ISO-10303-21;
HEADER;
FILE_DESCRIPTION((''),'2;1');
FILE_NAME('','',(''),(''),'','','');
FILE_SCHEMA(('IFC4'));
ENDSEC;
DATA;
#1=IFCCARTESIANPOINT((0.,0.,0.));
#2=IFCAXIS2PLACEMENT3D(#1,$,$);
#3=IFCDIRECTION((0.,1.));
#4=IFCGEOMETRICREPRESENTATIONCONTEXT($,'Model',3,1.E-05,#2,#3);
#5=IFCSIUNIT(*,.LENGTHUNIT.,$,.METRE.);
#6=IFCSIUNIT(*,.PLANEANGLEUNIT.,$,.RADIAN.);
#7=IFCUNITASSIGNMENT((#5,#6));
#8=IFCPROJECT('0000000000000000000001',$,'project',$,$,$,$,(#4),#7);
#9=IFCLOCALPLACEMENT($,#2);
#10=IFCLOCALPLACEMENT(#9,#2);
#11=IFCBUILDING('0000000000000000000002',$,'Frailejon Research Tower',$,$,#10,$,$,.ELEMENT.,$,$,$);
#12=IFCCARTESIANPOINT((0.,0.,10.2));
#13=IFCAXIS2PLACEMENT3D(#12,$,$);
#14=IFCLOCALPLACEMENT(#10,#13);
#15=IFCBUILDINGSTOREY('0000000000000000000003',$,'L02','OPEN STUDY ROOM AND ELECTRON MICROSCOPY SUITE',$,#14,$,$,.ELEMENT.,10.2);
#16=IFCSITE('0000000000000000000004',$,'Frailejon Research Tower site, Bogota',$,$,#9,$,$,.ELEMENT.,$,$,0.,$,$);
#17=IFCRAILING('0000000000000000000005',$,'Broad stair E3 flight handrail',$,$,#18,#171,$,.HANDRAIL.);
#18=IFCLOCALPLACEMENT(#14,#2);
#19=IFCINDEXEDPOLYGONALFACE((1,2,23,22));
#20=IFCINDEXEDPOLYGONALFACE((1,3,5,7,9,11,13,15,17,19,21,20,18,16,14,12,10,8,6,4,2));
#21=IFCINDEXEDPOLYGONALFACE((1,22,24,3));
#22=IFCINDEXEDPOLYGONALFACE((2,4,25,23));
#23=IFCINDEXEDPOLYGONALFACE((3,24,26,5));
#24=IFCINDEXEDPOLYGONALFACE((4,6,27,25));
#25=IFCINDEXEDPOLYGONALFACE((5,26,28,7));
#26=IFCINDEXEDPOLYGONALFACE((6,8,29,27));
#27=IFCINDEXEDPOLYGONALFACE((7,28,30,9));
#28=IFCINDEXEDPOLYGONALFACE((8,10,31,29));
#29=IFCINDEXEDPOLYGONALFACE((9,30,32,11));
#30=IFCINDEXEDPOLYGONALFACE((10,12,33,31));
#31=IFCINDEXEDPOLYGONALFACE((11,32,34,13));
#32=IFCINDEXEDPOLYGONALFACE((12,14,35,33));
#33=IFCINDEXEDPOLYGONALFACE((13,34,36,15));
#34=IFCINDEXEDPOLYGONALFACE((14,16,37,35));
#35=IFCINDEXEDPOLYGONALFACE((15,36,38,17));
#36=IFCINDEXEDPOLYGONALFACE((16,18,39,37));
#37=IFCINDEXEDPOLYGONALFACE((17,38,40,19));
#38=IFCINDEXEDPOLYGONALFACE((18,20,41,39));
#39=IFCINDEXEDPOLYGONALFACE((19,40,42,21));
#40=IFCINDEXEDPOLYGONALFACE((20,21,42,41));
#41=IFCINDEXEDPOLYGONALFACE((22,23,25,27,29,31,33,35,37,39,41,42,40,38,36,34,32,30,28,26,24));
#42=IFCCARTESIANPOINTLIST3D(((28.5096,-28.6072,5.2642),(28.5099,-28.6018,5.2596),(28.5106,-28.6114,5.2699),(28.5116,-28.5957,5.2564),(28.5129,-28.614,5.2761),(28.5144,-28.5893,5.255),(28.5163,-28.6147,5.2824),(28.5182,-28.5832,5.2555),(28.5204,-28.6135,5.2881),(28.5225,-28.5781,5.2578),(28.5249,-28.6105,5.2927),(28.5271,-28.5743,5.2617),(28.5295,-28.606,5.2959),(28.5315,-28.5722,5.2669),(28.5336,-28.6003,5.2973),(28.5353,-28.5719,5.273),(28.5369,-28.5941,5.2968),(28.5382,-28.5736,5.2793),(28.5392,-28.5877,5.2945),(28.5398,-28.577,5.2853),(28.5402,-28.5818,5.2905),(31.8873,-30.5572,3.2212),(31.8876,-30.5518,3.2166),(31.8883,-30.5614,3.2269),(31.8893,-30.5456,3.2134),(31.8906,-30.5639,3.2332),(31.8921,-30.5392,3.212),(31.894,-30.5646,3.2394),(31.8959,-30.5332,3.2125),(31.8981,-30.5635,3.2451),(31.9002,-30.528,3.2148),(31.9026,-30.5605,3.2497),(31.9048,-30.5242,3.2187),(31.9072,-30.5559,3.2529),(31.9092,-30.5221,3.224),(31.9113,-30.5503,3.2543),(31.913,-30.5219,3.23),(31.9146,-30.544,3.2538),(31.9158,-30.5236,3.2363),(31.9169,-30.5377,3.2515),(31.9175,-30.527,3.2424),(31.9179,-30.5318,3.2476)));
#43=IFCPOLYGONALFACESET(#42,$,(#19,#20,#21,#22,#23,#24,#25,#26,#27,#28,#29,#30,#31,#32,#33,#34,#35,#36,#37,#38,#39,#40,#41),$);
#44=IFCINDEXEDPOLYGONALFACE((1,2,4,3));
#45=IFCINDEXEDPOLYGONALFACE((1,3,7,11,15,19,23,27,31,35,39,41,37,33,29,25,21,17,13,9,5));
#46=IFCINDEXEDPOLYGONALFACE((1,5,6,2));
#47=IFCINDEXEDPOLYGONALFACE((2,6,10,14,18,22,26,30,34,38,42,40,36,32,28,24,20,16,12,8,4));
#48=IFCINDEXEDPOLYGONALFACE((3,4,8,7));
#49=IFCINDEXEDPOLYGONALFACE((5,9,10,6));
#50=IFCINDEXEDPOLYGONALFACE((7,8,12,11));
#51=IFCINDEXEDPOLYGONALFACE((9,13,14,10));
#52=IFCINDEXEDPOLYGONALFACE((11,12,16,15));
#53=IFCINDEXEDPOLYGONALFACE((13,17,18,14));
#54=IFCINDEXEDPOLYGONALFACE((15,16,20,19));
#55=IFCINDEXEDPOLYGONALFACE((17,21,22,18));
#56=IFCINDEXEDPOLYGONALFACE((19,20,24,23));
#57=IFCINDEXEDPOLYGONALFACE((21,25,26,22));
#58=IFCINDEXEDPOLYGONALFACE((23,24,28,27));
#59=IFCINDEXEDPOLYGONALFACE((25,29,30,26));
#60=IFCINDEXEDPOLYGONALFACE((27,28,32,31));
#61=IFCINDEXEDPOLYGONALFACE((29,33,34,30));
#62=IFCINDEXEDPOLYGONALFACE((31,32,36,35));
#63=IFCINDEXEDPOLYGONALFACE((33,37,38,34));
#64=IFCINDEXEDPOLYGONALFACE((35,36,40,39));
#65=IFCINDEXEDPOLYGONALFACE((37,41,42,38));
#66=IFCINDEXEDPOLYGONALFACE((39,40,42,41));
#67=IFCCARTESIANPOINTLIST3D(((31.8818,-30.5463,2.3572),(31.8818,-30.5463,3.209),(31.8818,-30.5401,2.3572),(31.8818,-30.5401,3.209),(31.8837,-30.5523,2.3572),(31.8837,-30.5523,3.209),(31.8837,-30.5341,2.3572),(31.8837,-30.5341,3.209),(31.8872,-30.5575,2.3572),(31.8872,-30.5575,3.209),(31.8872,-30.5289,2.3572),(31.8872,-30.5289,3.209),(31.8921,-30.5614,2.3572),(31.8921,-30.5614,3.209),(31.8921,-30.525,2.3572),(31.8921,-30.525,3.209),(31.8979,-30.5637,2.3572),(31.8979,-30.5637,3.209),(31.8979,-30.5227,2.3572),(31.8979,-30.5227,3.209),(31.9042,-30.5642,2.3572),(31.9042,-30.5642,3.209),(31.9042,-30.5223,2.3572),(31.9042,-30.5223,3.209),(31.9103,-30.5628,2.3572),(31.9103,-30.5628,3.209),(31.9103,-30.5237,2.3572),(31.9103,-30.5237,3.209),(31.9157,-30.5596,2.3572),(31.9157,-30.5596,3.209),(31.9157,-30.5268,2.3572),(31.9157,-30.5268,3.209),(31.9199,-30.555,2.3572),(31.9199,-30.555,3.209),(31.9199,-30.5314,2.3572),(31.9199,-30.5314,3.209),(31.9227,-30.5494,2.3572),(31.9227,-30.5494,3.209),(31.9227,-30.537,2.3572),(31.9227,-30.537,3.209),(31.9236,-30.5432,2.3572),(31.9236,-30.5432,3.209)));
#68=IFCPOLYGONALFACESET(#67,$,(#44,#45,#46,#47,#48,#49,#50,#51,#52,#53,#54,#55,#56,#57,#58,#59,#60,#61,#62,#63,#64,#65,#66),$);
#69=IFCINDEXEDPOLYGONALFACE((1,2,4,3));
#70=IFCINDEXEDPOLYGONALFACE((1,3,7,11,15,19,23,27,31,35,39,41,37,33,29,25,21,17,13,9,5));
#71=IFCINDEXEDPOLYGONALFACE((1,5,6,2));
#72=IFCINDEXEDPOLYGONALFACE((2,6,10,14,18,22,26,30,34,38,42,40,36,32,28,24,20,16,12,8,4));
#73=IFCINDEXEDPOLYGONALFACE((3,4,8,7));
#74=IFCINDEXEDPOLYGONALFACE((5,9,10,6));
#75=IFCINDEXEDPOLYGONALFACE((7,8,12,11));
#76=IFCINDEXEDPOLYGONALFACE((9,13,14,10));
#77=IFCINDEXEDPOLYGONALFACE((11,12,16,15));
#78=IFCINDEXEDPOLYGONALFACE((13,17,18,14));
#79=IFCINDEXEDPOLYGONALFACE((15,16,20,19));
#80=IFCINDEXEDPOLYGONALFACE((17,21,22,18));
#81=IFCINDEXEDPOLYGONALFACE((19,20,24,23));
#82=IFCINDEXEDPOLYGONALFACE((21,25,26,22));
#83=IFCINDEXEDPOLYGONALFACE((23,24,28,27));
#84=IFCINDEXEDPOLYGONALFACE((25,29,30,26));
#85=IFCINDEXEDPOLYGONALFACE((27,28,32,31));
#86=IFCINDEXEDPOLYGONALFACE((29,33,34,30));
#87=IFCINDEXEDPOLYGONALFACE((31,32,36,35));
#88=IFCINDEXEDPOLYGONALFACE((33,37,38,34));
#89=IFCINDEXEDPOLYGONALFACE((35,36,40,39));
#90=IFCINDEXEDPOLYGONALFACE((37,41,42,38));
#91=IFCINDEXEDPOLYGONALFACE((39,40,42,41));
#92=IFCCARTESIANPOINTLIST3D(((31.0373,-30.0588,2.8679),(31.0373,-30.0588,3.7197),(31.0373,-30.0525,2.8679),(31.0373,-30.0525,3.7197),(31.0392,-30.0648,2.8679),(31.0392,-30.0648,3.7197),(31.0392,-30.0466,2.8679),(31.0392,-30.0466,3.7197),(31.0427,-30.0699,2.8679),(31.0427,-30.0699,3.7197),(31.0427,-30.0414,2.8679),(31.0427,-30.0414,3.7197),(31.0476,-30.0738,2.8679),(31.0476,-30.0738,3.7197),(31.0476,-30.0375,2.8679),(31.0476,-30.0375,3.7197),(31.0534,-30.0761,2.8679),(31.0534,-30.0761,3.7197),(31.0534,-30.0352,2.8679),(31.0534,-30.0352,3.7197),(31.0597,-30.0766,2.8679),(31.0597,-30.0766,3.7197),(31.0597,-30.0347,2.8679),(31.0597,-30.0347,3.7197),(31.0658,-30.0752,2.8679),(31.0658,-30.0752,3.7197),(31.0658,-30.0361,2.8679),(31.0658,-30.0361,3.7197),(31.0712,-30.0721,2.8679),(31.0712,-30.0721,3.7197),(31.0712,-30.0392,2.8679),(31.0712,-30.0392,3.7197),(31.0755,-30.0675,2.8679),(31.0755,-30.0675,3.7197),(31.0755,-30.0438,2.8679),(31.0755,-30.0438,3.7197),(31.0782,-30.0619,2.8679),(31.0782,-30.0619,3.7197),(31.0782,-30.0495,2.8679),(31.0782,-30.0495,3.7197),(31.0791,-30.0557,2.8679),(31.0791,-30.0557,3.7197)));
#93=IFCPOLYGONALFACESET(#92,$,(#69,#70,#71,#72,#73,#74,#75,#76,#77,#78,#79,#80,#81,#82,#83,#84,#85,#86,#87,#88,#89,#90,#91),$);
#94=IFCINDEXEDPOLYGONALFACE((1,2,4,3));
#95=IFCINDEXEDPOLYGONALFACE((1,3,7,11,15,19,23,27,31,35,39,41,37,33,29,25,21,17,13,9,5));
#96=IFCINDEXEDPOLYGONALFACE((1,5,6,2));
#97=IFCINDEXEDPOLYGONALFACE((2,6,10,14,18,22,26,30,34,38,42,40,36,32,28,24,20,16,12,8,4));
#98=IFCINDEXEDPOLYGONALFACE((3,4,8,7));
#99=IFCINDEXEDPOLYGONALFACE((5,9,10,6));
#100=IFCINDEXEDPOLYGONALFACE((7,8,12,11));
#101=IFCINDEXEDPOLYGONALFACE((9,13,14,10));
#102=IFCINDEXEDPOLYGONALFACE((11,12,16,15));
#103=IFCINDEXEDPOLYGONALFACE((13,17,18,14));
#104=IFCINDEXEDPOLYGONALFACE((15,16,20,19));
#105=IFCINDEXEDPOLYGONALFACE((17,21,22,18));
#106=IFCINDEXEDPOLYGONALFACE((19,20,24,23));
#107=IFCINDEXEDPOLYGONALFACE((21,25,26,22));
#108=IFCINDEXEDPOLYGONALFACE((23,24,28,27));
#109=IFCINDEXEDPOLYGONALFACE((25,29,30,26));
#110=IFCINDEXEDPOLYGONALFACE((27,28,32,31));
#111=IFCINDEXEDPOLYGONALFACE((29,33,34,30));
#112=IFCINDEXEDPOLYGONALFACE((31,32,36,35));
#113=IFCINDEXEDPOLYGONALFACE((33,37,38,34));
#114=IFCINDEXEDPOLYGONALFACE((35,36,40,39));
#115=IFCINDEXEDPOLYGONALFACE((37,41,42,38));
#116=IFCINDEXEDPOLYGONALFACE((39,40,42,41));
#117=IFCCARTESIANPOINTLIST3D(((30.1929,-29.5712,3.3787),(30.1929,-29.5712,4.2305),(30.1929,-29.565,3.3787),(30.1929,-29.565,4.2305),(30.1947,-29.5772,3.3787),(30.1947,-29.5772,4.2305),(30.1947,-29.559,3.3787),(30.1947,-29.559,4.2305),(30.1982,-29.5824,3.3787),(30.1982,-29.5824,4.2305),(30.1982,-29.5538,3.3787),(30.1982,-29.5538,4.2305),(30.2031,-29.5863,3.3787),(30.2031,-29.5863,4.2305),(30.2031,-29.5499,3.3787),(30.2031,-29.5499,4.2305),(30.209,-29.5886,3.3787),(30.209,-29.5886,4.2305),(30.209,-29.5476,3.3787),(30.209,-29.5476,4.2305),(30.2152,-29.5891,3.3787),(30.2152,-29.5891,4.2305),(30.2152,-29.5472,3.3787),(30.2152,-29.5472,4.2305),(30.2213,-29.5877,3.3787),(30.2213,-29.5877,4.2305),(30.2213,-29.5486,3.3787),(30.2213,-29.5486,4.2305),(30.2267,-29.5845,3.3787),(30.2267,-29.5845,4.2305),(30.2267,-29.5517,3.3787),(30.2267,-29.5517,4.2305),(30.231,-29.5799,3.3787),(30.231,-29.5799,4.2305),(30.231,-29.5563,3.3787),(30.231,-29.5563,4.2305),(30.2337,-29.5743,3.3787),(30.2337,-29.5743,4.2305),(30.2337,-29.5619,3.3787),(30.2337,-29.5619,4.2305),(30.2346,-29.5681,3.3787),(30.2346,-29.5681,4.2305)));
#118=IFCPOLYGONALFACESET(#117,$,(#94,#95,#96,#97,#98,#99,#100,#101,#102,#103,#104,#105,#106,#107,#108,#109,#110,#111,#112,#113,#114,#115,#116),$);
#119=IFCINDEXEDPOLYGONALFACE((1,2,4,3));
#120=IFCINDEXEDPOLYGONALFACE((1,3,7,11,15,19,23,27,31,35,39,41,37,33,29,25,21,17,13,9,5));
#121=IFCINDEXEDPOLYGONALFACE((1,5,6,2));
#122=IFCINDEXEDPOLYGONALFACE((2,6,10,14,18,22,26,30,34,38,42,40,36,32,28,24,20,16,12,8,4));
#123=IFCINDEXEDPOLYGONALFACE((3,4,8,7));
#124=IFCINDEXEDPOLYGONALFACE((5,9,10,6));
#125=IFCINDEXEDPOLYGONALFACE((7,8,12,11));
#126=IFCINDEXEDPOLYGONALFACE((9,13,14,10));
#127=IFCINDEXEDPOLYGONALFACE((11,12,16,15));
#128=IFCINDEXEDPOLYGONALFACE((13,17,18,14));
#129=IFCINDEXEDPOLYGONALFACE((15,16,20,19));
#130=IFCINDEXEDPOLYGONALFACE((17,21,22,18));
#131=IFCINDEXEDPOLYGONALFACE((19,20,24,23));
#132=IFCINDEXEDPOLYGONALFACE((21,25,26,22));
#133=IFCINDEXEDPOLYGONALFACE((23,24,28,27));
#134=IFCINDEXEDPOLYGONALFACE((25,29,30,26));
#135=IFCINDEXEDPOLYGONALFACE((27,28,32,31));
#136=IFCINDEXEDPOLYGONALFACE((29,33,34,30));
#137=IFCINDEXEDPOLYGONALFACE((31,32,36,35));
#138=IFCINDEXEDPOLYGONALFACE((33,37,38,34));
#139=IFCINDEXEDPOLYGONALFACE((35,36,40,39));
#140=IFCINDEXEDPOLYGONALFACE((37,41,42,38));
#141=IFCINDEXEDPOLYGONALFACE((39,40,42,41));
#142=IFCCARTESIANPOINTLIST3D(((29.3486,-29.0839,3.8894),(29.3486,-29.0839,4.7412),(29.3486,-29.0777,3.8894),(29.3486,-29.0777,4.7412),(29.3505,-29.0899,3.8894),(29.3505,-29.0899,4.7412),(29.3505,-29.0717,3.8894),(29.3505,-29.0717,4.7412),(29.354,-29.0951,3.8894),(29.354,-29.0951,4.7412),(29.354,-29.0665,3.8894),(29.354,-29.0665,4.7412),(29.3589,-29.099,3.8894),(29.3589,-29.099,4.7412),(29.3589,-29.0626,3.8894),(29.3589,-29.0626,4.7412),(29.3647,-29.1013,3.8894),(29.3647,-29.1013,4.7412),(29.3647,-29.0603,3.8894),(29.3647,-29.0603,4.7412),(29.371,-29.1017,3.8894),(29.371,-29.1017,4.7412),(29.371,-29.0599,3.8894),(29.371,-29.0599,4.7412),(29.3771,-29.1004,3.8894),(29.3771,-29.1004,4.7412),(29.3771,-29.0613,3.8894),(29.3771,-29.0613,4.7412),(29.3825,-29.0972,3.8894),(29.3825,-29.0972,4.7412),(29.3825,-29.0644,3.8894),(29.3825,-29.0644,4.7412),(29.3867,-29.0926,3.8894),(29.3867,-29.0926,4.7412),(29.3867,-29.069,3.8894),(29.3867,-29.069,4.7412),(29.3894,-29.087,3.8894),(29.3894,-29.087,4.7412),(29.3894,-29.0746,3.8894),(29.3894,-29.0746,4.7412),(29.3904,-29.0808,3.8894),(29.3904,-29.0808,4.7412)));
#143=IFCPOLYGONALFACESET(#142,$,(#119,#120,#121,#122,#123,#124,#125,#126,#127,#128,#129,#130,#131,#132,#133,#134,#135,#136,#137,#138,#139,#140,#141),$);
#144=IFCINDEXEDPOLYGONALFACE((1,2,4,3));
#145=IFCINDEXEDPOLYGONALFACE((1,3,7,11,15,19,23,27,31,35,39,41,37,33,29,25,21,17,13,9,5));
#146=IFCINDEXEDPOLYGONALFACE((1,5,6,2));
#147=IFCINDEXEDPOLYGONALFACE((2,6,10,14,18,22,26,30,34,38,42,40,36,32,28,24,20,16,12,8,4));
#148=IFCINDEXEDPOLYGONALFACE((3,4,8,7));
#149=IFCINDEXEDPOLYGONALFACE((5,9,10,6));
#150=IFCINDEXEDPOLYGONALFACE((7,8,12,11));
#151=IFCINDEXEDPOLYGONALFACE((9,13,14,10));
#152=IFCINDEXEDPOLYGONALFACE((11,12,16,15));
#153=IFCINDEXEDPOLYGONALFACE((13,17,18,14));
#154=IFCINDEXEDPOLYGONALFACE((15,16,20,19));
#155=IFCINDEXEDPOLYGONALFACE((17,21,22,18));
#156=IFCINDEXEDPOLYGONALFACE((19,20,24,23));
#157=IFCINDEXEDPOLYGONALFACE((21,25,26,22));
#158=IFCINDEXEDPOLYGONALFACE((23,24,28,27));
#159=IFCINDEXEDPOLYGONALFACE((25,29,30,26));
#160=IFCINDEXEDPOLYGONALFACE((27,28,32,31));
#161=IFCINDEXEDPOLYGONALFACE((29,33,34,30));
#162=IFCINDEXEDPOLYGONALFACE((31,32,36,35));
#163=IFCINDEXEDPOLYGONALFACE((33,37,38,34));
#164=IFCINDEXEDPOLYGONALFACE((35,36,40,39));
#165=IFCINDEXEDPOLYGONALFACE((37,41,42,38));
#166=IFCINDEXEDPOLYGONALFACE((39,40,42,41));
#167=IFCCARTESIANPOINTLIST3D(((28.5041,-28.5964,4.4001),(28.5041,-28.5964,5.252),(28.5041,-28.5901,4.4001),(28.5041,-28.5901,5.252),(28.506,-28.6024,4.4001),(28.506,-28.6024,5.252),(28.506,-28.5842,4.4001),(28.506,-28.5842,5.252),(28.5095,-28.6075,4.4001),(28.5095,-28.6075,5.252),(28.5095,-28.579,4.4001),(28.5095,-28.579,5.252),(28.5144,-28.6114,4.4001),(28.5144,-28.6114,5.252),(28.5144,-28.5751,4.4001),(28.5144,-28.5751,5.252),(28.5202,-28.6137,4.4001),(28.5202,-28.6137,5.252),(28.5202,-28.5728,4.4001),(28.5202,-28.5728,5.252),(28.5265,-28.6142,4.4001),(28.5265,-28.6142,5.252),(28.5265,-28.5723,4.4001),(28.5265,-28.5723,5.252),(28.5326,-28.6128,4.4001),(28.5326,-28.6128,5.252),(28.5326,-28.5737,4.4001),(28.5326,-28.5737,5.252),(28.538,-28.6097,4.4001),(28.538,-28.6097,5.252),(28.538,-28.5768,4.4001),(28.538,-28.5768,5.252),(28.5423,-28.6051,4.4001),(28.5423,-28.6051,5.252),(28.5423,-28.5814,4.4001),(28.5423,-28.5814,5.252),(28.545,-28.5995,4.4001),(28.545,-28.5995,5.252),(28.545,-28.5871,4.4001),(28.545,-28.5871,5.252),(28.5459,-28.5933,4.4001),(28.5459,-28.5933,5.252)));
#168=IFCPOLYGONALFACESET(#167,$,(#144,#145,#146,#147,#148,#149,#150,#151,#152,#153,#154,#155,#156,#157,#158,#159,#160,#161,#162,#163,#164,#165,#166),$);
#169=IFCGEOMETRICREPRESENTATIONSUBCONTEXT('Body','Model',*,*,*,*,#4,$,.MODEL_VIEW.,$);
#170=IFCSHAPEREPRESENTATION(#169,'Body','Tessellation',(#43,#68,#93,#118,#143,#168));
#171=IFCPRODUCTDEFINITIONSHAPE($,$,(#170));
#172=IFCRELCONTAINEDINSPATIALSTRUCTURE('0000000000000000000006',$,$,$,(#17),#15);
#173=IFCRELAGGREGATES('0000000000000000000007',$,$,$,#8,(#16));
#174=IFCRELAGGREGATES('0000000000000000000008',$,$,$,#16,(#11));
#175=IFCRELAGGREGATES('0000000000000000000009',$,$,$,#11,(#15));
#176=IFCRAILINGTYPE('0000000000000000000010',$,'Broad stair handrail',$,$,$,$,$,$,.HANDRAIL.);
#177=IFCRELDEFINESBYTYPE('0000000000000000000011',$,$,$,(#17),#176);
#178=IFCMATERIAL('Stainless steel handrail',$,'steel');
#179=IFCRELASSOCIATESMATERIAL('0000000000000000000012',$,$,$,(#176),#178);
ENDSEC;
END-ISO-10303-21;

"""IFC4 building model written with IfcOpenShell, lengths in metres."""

from ifc_helpers import new_model, si_unit, direction, frame, origin, origin_2d, place, context, subcontext, project, spatial, circle, extrude, material, type_object, element, save


model = new_model("IFC4")

# Units and contexts
model_context = context("Model", 3, precision=1e-05, world=origin(), true_north=direction((0.0, 1.0)))
body_context = subcontext(model_context, "Body", "Model", "MODEL_VIEW")
ifc_project = project(units=[si_unit("LENGTHUNIT", "METRE"), si_unit("PLANEANGLEUNIT", "RADIAN")], contexts=[model_context])

# Site, building, storey
site_placement = place(None, origin())
site = spatial("IfcSite", under=ifc_project, at=site_placement, Name="Frailejon Research Tower site, Bogota", CompositionType="ELEMENT", RefElevation=0.0)
building_placement = place(site_placement, origin())
building = spatial("IfcBuilding", under=site, at=building_placement, Name="Frailejon Research Tower", CompositionType="ELEMENT")
storey_placement = place(building_placement, frame((0.0, 0.0, 10.2)))
storey = spatial("IfcBuildingStorey", under=building, at=storey_placement, Name="L02", Description="OPEN STUDY ROOM AND ELECTRON MICROSCOPY SUITE", CompositionType="ELEMENT", Elevation=10.2)

# Railing
ifc_material_1 = material(Name="Stainless steel handrail", Category="steel")
railing_type_1 = type_object("IfcRailingType", Name="Broad stair handrail", PredefinedType="HANDRAIL", material=ifc_material_1)
railing_1_placement = place(storey_placement, frame((31.9026, -30.5432, 2.3572)))
element("IfcRailing", 1, at=railing_1_placement, inside=storey, type_object=railing_type_1, Name="Broad stair E3 flight handrail", PredefinedType="HANDRAIL", context=body_context, shape_type="SweptSolid", body=[
    extrude(circle(Radius=0.0239, at=origin_2d()), frame((0.0, 0.0, 0.876), z_axis=(-0.767165, 0.442887, 0.464014), x_axis=(-0.49997, -0.866043, 0.0)), (0.0, 0.0, 1.0), 4.4028),
    extrude(circle(Radius=0.021, at=origin_2d()), origin(), (0.0, 0.0, 1.0), 0.8518),
    extrude(circle(Radius=0.021, at=origin_2d()), frame((-0.8445, 0.4875, 0.5107)), (0.0, 0.0, 1.0), 0.8518),
    extrude(circle(Radius=0.021, at=origin_2d()), frame((-1.689, 0.9751, 1.0215)), (0.0, 0.0, 1.0), 0.8518),
    extrude(circle(Radius=0.021, at=origin_2d()), frame((-2.5332, 1.4624, 1.5322)), (0.0, 0.0, 1.0), 0.8518),
    extrude(circle(Radius=0.021, at=origin_2d()), frame((-3.3777, 1.95, 2.043)), (0.0, 0.0, 1.0), 0.8518),
])

save(model, "model.ifc")
